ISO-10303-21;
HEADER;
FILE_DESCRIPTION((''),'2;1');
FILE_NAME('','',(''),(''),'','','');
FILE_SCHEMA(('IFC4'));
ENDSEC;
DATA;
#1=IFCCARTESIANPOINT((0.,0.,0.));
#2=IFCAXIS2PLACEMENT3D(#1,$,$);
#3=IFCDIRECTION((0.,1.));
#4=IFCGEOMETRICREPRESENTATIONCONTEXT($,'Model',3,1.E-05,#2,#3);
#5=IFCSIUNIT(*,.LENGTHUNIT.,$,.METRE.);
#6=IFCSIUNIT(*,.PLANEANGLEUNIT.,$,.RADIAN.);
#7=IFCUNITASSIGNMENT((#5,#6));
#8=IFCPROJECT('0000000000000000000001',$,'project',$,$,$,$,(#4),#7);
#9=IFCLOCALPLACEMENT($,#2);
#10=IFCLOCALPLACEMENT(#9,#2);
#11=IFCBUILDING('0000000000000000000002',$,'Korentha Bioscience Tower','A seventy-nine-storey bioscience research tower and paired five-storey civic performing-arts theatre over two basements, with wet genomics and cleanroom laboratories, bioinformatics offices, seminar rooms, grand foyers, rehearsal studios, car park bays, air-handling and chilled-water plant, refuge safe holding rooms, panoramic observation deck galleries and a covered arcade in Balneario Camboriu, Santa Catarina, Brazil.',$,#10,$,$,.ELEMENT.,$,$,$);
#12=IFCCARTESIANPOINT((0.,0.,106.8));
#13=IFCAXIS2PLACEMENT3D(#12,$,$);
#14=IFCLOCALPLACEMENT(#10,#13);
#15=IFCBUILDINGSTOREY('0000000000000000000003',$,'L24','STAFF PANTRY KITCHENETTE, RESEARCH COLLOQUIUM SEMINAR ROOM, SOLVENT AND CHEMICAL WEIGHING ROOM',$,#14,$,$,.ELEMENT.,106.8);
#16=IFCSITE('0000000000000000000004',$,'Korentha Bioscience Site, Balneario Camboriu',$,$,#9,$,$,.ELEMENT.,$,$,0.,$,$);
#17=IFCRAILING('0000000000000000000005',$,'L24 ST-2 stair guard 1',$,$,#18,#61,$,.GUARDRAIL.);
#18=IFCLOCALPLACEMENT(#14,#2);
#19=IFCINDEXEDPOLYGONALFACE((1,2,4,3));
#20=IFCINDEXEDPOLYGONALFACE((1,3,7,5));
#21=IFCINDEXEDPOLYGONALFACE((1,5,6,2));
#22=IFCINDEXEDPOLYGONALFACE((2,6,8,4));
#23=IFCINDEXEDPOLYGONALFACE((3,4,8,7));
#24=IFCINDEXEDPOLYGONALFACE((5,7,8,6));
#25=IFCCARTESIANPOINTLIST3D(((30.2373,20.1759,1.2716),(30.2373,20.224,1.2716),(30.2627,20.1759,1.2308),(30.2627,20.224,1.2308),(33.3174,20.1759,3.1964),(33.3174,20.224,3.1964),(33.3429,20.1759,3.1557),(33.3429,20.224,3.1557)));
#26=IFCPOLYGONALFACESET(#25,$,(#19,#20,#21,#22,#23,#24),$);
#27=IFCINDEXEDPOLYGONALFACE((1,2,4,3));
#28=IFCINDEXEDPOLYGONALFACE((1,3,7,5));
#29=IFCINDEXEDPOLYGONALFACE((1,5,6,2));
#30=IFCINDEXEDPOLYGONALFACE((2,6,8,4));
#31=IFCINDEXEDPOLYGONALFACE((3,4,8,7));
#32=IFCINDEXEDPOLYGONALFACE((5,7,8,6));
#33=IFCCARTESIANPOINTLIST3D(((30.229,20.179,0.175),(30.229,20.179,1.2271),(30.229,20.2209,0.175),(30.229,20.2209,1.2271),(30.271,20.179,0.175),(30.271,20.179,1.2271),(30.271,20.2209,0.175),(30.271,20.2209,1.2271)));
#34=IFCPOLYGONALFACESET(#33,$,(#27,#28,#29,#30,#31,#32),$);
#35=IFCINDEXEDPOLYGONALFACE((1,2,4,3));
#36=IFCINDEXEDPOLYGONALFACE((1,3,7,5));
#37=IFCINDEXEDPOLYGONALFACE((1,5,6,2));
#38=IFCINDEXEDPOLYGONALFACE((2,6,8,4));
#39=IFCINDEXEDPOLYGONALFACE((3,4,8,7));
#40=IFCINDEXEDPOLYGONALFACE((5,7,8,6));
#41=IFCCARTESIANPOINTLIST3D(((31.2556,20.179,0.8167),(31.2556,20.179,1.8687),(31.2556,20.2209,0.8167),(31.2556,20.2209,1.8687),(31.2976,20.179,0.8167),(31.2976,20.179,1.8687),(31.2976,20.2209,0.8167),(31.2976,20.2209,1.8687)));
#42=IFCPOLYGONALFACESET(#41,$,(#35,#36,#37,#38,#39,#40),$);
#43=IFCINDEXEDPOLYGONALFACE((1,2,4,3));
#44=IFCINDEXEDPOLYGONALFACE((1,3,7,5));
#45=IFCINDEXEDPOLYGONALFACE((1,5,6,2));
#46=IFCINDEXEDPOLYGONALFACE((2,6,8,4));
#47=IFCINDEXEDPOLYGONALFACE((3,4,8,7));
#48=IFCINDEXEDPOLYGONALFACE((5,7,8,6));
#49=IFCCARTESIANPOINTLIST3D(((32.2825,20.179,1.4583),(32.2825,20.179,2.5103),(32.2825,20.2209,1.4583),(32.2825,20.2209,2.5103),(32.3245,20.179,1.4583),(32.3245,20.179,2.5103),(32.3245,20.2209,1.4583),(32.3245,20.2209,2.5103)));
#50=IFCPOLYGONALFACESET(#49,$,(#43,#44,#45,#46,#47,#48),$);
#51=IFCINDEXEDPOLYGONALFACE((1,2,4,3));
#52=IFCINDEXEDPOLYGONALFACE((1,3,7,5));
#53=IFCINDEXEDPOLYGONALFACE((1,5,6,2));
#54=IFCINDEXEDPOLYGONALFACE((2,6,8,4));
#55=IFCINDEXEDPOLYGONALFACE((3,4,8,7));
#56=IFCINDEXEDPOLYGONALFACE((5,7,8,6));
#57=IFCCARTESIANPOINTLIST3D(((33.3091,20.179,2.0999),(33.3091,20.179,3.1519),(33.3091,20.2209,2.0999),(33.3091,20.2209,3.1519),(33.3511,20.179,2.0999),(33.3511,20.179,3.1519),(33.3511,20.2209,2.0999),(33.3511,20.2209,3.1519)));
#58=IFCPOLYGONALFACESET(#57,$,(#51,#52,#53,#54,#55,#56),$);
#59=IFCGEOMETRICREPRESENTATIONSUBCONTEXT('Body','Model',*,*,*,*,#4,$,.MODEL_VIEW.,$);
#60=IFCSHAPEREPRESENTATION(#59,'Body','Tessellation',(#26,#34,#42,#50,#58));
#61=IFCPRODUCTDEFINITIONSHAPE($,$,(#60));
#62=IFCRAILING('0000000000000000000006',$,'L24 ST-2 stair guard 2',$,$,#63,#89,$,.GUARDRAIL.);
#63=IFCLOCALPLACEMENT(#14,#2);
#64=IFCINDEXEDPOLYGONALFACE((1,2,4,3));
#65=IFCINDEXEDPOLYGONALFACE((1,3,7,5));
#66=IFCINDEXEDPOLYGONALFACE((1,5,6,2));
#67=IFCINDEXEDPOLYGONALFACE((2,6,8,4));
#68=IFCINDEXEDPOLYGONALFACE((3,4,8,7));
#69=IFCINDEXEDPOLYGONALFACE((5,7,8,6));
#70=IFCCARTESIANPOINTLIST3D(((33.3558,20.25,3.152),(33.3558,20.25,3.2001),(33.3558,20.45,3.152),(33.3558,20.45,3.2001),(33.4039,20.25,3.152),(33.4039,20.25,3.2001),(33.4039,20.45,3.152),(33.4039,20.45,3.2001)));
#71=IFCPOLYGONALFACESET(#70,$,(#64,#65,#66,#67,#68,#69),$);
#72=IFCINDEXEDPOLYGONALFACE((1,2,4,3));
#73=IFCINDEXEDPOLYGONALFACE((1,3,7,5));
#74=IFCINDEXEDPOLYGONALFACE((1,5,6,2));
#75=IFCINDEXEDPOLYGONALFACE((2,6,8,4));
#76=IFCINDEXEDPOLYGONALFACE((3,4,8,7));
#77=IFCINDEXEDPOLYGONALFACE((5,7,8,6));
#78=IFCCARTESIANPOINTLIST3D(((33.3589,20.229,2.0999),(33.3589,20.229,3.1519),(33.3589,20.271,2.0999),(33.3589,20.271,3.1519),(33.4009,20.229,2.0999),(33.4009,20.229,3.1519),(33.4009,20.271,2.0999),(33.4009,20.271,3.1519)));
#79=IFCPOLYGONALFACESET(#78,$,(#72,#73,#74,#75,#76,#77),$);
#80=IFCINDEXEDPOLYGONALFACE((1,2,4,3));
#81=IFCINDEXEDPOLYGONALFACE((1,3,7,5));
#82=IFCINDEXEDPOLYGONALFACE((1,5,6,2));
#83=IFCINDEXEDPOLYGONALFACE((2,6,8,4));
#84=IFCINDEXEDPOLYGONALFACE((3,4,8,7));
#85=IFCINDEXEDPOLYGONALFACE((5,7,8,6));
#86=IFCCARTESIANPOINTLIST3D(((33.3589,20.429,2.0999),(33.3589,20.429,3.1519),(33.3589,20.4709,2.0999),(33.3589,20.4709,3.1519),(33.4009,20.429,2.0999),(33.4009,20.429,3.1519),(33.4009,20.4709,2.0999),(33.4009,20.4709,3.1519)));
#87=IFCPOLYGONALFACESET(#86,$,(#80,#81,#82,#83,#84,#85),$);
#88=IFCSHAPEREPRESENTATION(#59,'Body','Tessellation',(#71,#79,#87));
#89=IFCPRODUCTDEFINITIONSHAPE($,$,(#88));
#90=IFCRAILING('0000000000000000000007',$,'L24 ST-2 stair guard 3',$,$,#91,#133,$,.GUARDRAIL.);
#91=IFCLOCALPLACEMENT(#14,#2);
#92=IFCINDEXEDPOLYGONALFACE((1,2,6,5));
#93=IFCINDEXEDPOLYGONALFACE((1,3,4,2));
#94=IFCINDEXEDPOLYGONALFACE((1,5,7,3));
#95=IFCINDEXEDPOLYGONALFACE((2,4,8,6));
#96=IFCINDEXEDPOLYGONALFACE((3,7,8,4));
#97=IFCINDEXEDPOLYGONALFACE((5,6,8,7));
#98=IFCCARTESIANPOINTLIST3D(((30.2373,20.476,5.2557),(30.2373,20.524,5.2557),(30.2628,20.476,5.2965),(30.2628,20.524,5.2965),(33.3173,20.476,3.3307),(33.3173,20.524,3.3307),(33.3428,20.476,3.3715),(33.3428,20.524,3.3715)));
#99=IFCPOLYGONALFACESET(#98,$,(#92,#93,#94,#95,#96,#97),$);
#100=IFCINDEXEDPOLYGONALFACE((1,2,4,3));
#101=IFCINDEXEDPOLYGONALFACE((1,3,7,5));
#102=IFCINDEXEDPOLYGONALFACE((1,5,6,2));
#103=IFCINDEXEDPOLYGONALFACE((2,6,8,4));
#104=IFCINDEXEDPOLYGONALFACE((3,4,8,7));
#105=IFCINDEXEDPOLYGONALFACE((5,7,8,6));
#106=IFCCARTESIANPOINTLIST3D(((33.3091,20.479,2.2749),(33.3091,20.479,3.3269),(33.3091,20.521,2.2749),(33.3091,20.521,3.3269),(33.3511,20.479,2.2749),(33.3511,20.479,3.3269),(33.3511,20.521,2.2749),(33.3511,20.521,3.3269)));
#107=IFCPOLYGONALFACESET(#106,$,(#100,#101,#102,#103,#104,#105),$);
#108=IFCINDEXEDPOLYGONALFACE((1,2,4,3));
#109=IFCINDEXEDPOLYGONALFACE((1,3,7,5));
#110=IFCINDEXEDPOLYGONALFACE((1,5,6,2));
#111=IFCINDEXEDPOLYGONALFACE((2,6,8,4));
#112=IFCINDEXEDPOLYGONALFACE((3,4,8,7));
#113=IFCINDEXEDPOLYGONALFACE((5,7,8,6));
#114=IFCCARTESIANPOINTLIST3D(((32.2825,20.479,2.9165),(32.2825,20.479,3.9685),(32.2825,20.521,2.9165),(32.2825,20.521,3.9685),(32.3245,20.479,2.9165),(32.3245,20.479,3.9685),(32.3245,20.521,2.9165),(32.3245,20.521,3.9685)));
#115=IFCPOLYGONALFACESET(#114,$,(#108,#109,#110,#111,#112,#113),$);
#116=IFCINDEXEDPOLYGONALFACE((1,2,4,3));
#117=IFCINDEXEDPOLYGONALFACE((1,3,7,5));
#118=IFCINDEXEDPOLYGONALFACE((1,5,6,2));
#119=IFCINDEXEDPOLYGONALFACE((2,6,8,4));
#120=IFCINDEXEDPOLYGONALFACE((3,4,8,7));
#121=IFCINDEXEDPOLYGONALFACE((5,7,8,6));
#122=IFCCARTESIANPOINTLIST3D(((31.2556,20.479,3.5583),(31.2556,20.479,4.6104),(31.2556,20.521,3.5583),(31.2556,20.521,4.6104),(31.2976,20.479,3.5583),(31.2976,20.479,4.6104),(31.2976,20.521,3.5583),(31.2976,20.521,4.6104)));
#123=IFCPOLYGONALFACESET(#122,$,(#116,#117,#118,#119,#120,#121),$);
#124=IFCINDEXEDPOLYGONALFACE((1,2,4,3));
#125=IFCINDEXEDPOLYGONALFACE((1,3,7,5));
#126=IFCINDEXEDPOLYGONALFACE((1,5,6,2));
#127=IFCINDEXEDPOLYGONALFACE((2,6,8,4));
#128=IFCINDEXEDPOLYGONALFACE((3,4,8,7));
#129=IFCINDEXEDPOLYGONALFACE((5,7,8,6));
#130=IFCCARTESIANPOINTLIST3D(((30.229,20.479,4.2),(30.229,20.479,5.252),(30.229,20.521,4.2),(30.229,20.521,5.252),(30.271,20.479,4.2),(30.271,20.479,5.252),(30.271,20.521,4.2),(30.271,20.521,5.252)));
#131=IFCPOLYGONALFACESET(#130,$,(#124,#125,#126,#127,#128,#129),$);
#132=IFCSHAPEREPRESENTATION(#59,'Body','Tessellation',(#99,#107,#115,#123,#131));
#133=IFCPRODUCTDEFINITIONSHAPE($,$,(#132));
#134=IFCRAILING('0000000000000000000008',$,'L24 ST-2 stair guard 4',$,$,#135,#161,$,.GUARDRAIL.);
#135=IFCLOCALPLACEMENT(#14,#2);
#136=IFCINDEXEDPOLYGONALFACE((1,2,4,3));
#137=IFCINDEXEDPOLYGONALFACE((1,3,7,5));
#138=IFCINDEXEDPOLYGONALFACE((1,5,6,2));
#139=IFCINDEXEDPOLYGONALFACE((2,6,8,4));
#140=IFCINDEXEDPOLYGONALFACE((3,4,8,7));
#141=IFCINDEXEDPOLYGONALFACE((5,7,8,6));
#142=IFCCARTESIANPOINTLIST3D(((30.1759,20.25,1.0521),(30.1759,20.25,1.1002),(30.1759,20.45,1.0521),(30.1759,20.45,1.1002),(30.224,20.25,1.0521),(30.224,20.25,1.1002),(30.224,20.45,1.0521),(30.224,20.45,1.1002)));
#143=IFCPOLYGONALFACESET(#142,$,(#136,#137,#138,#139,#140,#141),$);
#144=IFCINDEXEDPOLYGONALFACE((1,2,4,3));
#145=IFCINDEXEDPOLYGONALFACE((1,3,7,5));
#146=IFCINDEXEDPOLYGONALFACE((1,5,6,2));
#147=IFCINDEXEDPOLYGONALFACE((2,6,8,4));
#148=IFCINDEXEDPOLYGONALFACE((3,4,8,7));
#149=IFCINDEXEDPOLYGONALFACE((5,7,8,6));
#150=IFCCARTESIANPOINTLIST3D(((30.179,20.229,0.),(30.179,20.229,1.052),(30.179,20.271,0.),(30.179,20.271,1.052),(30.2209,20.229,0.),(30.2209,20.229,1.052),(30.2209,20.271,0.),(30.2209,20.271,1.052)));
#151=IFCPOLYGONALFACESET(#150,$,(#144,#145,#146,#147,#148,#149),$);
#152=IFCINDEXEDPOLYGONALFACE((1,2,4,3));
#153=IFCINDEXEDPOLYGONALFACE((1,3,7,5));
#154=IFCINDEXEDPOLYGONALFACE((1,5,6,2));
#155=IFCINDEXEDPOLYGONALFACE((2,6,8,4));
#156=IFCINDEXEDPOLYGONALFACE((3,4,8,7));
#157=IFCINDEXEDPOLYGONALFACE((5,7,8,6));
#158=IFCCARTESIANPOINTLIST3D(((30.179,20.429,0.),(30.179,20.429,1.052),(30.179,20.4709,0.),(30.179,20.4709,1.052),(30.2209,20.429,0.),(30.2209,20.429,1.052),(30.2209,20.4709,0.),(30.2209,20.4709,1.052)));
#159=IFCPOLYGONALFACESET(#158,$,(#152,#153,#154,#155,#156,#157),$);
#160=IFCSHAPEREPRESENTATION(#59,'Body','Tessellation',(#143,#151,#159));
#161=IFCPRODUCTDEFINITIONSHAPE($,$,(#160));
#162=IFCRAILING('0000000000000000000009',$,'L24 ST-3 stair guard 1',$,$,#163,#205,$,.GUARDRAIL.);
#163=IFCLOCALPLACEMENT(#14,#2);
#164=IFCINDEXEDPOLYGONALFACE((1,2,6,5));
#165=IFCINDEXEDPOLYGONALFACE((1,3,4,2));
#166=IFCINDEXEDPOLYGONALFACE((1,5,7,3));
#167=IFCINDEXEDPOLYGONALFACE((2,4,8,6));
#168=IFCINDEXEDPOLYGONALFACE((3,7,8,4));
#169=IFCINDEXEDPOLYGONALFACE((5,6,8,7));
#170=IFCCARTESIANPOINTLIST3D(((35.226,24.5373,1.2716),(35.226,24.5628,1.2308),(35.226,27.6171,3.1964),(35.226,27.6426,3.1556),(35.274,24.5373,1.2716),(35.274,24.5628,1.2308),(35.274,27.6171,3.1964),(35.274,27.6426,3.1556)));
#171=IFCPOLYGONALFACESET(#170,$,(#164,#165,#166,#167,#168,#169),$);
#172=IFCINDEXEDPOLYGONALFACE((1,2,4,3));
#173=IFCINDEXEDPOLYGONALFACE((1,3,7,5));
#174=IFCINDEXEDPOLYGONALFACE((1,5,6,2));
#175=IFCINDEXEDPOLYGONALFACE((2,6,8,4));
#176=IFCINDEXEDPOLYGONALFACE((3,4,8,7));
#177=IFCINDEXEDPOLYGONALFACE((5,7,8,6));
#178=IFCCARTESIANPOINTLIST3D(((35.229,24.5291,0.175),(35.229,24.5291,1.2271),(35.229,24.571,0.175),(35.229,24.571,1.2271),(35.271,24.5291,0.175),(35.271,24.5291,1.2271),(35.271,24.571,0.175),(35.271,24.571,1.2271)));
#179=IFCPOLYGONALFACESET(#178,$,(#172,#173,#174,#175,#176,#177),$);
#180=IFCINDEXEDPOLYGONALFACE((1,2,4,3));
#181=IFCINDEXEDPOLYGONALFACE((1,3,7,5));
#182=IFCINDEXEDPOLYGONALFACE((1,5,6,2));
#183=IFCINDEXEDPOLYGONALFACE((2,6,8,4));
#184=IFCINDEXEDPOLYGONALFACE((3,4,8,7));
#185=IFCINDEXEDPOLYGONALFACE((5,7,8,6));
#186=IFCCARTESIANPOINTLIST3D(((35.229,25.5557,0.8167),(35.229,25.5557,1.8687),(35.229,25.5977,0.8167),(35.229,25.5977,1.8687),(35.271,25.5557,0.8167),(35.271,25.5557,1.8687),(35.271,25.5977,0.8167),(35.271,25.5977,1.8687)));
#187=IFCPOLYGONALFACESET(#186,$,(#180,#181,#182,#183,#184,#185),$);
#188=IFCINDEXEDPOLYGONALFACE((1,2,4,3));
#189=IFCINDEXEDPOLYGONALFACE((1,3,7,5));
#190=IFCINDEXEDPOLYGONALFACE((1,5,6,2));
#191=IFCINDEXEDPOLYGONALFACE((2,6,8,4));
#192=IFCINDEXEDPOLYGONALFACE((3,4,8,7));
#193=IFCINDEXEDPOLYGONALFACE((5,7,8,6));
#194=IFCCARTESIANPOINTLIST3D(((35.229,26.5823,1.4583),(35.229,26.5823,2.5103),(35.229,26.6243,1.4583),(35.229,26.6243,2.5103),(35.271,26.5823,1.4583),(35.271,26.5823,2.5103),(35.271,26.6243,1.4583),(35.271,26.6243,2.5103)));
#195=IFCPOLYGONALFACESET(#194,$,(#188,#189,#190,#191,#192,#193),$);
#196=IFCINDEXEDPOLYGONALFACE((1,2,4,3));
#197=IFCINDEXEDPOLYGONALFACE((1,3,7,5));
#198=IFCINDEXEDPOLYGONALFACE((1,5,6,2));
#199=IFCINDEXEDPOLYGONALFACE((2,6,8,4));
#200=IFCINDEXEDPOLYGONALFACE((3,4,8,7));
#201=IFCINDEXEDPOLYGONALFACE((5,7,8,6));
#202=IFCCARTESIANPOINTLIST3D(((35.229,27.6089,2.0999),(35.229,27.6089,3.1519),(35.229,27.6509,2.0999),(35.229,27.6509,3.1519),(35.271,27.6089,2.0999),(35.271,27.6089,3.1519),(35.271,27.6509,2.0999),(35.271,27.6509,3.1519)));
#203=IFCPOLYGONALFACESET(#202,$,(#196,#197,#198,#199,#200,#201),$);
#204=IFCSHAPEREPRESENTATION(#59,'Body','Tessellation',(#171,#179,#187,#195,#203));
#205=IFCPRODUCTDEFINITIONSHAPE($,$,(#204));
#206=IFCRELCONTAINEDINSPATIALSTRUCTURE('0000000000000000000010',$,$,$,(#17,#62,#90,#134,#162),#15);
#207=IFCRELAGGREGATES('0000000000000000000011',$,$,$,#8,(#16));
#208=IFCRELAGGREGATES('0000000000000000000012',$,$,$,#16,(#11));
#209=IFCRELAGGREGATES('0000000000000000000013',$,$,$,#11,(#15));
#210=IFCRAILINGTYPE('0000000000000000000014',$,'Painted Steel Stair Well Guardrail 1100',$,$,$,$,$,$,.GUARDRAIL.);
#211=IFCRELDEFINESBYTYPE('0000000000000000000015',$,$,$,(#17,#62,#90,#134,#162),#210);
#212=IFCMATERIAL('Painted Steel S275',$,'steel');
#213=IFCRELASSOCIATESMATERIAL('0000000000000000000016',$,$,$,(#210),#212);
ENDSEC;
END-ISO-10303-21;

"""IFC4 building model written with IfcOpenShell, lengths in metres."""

from ifc_helpers import new_model, si_unit, direction, frame, origin, origin_2d, place, context, subcontext, project, spatial, rectangle, extrude, material, type_object, element, save


model = new_model("IFC4")

# Units and contexts
model_context = context("Model", 3, precision=1e-05, world=origin(), true_north=direction((0.0, 1.0)))
body_context = subcontext(model_context, "Body", "Model", "MODEL_VIEW")
ifc_project = project(units=[si_unit("LENGTHUNIT", "METRE"), si_unit("PLANEANGLEUNIT", "RADIAN")], contexts=[model_context])

# Site, building, storey
site_placement = place(None, origin())
site = spatial("IfcSite", under=ifc_project, at=site_placement, Name="Korentha Bioscience Site, Balneario Camboriu", CompositionType="ELEMENT", RefElevation=0.0)
building_placement = place(site_placement, origin())
building = spatial("IfcBuilding", under=site, at=building_placement, Name="Korentha Bioscience Tower", Description="A seventy-nine-storey bioscience research tower and paired five-storey civic performing-arts theatre over two basements, with wet genomics and cleanroom laboratories, bioinformatics offices, seminar rooms, grand foyers, rehearsal studios, car park bays, air-handling and chilled-water plant, refuge safe holding rooms, panoramic observation deck galleries and a covered arcade in Balneario Camboriu, Santa Catarina, Brazil.", CompositionType="ELEMENT")
storey_placement = place(building_placement, frame((0.0, 0.0, 106.8)))
storey = spatial("IfcBuildingStorey", under=building, at=storey_placement, Name="L24", Description="STAFF PANTRY KITCHENETTE, RESEARCH COLLOQUIUM SEMINAR ROOM, SOLVENT AND CHEMICAL WEIGHING ROOM", CompositionType="ELEMENT", Elevation=106.8)

# Railings
ifc_material_1 = material(Name="Painted Steel S275", Category="steel")
railing_type_1 = type_object("IfcRailingType", Name="Painted Steel Stair Well Guardrail 1100", PredefinedType="GUARDRAIL", material=ifc_material_1)
railing_1_placement = place(storey_placement, frame((30.25, 20.2, 0.175)))
element("IfcRailing", 1, at=railing_1_placement, inside=storey, type_object=railing_type_1, Name="L24 ST-2 stair guard 1", PredefinedType="GUARDRAIL", context=body_context, shape_type="SweptSolid", body=[
    extrude(rectangle(XDim=0.0481, YDim=0.0481, at=origin_2d()), frame((0.0, 0.0, 1.0762), z_axis=(0.848029, 0.0, 0.529951), x_axis=(0.0, 1.0, 0.0)), (0.0, 0.0, 1.0), 3.6321),
    extrude(rectangle(XDim=0.042, YDim=0.042, at=origin_2d()), origin(), (0.0, 0.0, 1.0), 1.052),
    extrude(rectangle(XDim=0.042, YDim=0.042, at=origin_2d()), frame((1.0266, 0.0, 0.6416)), (0.0, 0.0, 1.0), 1.052),
    extrude(rectangle(XDim=0.042, YDim=0.042, at=origin_2d()), frame((2.0535, 0.0, 1.2832)), (0.0, 0.0, 1.0), 1.052),
    extrude(rectangle(XDim=0.042, YDim=0.042, at=origin_2d()), frame((3.0801, 0.0, 1.9248)), (0.0, 0.0, 1.0), 1.052),
])
railing_2_placement = place(storey_placement, frame((33.3799, 20.25, 2.0999)))
element("IfcRailing", 2, at=railing_2_placement, inside=storey, type_object=railing_type_1, Name="L24 ST-2 stair guard 2", PredefinedType="GUARDRAIL", context=body_context, shape_type="SweptSolid", body=[
    extrude(rectangle(XDim=0.0481, YDim=0.0481, at=origin_2d()), frame((0.0, 0.0, 1.0762), z_axis=(0.0, 1.0, 0.0), x_axis=(-1.0, 0.0, 0.0)), (0.0, 0.0, 1.0), 0.2),
    extrude(rectangle(XDim=0.042, YDim=0.042, at=origin_2d()), origin(), (0.0, 0.0, 1.0), 1.052),
    extrude(rectangle(XDim=0.042, YDim=0.042, at=origin_2d()), frame((0.0, 0.2, 0.0)), (0.0, 0.0, 1.0), 1.052),
])
railing_3_placement = place(storey_placement, frame((33.3301, 20.5, 2.2749)))
element("IfcRailing", 3, at=railing_3_placement, inside=storey, type_object=railing_type_1, Name="L24 ST-2 stair guard 3", PredefinedType="GUARDRAIL", context=body_context, shape_type="SweptSolid", body=[
    extrude(rectangle(XDim=0.0481, YDim=0.0481, at=origin_2d()), frame((0.0, 0.0, 1.0762), z_axis=(-0.847998, 0.0, 0.529999), x_axis=(0.0, -1.0, 0.0)), (0.0, 0.0, 1.0), 3.6321),
    extrude(rectangle(XDim=0.042, YDim=0.042, at=origin_2d()), origin(), (0.0, 0.0, 1.0), 1.052),
    extrude(rectangle(XDim=0.042, YDim=0.042, at=origin_2d()), frame((-1.0266, 0.0, 0.6416)), (0.0, 0.0, 1.0), 1.052),
    extrude(rectangle(XDim=0.042, YDim=0.042, at=origin_2d()), frame((-2.0535, 0.0, 1.2834)), (0.0, 0.0, 1.0), 1.052),
    extrude(rectangle(XDim=0.042, YDim=0.042, at=origin_2d()), frame((-3.0801, 0.0, 1.925)), (0.0, 0.0, 1.0), 1.052),
])
railing_4_placement = place(storey_placement, frame((30.2, 20.25, 0.0)))
element("IfcRailing", 4, at=railing_4_placement, inside=storey, type_object=railing_type_1, Name="L24 ST-2 stair guard 4", PredefinedType="GUARDRAIL", context=body_context, shape_type="SweptSolid", body=[
    extrude(rectangle(XDim=0.0481, YDim=0.0481, at=origin_2d()), frame((0.0, 0.0, 1.0762), z_axis=(0.0, 1.0, 0.0), x_axis=(-1.0, 0.0, 0.0)), (0.0, 0.0, 1.0), 0.2),
    extrude(rectangle(XDim=0.042, YDim=0.042, at=origin_2d()), origin(), (0.0, 0.0, 1.0), 1.052),
    extrude(rectangle(XDim=0.042, YDim=0.042, at=origin_2d()), frame((0.0, 0.2, 0.0)), (0.0, 0.0, 1.0), 1.052),
])
railing_5_placement = place(storey_placement, frame((35.25, 24.55, 0.175)))
element("IfcRailing", 5, at=railing_5_placement, inside=storey, type_object=railing_type_1, Name="L24 ST-3 stair guard 1", PredefinedType="GUARDRAIL", context=body_context, shape_type="SweptSolid", body=[
    extrude(rectangle(XDim=0.0481, YDim=0.0481, at=origin_2d()), frame((0.0, 0.0, 1.0762), z_axis=(0.0, 0.84801, 0.529981), x_axis=(-1.0, 0.0, 0.0)), (0.0, 0.0, 1.0), 3.6318),
    extrude(rectangle(XDim=0.042, YDim=0.042, at=origin_2d()), origin(), (0.0, 0.0, 1.0), 1.052),
    extrude(rectangle(XDim=0.042, YDim=0.042, at=origin_2d()), frame((0.0, 1.0266, 0.6416)), (0.0, 0.0, 1.0), 1.052),
    extrude(rectangle(XDim=0.042, YDim=0.042, at=origin_2d()), frame((0.0, 2.0532, 1.2832)), (0.0, 0.0, 1.0), 1.052),
    extrude(rectangle(XDim=0.042, YDim=0.042, at=origin_2d()), frame((0.0, 3.0798, 1.9248)), (0.0, 0.0, 1.0), 1.052),
])

save(model, "model.ifc")
